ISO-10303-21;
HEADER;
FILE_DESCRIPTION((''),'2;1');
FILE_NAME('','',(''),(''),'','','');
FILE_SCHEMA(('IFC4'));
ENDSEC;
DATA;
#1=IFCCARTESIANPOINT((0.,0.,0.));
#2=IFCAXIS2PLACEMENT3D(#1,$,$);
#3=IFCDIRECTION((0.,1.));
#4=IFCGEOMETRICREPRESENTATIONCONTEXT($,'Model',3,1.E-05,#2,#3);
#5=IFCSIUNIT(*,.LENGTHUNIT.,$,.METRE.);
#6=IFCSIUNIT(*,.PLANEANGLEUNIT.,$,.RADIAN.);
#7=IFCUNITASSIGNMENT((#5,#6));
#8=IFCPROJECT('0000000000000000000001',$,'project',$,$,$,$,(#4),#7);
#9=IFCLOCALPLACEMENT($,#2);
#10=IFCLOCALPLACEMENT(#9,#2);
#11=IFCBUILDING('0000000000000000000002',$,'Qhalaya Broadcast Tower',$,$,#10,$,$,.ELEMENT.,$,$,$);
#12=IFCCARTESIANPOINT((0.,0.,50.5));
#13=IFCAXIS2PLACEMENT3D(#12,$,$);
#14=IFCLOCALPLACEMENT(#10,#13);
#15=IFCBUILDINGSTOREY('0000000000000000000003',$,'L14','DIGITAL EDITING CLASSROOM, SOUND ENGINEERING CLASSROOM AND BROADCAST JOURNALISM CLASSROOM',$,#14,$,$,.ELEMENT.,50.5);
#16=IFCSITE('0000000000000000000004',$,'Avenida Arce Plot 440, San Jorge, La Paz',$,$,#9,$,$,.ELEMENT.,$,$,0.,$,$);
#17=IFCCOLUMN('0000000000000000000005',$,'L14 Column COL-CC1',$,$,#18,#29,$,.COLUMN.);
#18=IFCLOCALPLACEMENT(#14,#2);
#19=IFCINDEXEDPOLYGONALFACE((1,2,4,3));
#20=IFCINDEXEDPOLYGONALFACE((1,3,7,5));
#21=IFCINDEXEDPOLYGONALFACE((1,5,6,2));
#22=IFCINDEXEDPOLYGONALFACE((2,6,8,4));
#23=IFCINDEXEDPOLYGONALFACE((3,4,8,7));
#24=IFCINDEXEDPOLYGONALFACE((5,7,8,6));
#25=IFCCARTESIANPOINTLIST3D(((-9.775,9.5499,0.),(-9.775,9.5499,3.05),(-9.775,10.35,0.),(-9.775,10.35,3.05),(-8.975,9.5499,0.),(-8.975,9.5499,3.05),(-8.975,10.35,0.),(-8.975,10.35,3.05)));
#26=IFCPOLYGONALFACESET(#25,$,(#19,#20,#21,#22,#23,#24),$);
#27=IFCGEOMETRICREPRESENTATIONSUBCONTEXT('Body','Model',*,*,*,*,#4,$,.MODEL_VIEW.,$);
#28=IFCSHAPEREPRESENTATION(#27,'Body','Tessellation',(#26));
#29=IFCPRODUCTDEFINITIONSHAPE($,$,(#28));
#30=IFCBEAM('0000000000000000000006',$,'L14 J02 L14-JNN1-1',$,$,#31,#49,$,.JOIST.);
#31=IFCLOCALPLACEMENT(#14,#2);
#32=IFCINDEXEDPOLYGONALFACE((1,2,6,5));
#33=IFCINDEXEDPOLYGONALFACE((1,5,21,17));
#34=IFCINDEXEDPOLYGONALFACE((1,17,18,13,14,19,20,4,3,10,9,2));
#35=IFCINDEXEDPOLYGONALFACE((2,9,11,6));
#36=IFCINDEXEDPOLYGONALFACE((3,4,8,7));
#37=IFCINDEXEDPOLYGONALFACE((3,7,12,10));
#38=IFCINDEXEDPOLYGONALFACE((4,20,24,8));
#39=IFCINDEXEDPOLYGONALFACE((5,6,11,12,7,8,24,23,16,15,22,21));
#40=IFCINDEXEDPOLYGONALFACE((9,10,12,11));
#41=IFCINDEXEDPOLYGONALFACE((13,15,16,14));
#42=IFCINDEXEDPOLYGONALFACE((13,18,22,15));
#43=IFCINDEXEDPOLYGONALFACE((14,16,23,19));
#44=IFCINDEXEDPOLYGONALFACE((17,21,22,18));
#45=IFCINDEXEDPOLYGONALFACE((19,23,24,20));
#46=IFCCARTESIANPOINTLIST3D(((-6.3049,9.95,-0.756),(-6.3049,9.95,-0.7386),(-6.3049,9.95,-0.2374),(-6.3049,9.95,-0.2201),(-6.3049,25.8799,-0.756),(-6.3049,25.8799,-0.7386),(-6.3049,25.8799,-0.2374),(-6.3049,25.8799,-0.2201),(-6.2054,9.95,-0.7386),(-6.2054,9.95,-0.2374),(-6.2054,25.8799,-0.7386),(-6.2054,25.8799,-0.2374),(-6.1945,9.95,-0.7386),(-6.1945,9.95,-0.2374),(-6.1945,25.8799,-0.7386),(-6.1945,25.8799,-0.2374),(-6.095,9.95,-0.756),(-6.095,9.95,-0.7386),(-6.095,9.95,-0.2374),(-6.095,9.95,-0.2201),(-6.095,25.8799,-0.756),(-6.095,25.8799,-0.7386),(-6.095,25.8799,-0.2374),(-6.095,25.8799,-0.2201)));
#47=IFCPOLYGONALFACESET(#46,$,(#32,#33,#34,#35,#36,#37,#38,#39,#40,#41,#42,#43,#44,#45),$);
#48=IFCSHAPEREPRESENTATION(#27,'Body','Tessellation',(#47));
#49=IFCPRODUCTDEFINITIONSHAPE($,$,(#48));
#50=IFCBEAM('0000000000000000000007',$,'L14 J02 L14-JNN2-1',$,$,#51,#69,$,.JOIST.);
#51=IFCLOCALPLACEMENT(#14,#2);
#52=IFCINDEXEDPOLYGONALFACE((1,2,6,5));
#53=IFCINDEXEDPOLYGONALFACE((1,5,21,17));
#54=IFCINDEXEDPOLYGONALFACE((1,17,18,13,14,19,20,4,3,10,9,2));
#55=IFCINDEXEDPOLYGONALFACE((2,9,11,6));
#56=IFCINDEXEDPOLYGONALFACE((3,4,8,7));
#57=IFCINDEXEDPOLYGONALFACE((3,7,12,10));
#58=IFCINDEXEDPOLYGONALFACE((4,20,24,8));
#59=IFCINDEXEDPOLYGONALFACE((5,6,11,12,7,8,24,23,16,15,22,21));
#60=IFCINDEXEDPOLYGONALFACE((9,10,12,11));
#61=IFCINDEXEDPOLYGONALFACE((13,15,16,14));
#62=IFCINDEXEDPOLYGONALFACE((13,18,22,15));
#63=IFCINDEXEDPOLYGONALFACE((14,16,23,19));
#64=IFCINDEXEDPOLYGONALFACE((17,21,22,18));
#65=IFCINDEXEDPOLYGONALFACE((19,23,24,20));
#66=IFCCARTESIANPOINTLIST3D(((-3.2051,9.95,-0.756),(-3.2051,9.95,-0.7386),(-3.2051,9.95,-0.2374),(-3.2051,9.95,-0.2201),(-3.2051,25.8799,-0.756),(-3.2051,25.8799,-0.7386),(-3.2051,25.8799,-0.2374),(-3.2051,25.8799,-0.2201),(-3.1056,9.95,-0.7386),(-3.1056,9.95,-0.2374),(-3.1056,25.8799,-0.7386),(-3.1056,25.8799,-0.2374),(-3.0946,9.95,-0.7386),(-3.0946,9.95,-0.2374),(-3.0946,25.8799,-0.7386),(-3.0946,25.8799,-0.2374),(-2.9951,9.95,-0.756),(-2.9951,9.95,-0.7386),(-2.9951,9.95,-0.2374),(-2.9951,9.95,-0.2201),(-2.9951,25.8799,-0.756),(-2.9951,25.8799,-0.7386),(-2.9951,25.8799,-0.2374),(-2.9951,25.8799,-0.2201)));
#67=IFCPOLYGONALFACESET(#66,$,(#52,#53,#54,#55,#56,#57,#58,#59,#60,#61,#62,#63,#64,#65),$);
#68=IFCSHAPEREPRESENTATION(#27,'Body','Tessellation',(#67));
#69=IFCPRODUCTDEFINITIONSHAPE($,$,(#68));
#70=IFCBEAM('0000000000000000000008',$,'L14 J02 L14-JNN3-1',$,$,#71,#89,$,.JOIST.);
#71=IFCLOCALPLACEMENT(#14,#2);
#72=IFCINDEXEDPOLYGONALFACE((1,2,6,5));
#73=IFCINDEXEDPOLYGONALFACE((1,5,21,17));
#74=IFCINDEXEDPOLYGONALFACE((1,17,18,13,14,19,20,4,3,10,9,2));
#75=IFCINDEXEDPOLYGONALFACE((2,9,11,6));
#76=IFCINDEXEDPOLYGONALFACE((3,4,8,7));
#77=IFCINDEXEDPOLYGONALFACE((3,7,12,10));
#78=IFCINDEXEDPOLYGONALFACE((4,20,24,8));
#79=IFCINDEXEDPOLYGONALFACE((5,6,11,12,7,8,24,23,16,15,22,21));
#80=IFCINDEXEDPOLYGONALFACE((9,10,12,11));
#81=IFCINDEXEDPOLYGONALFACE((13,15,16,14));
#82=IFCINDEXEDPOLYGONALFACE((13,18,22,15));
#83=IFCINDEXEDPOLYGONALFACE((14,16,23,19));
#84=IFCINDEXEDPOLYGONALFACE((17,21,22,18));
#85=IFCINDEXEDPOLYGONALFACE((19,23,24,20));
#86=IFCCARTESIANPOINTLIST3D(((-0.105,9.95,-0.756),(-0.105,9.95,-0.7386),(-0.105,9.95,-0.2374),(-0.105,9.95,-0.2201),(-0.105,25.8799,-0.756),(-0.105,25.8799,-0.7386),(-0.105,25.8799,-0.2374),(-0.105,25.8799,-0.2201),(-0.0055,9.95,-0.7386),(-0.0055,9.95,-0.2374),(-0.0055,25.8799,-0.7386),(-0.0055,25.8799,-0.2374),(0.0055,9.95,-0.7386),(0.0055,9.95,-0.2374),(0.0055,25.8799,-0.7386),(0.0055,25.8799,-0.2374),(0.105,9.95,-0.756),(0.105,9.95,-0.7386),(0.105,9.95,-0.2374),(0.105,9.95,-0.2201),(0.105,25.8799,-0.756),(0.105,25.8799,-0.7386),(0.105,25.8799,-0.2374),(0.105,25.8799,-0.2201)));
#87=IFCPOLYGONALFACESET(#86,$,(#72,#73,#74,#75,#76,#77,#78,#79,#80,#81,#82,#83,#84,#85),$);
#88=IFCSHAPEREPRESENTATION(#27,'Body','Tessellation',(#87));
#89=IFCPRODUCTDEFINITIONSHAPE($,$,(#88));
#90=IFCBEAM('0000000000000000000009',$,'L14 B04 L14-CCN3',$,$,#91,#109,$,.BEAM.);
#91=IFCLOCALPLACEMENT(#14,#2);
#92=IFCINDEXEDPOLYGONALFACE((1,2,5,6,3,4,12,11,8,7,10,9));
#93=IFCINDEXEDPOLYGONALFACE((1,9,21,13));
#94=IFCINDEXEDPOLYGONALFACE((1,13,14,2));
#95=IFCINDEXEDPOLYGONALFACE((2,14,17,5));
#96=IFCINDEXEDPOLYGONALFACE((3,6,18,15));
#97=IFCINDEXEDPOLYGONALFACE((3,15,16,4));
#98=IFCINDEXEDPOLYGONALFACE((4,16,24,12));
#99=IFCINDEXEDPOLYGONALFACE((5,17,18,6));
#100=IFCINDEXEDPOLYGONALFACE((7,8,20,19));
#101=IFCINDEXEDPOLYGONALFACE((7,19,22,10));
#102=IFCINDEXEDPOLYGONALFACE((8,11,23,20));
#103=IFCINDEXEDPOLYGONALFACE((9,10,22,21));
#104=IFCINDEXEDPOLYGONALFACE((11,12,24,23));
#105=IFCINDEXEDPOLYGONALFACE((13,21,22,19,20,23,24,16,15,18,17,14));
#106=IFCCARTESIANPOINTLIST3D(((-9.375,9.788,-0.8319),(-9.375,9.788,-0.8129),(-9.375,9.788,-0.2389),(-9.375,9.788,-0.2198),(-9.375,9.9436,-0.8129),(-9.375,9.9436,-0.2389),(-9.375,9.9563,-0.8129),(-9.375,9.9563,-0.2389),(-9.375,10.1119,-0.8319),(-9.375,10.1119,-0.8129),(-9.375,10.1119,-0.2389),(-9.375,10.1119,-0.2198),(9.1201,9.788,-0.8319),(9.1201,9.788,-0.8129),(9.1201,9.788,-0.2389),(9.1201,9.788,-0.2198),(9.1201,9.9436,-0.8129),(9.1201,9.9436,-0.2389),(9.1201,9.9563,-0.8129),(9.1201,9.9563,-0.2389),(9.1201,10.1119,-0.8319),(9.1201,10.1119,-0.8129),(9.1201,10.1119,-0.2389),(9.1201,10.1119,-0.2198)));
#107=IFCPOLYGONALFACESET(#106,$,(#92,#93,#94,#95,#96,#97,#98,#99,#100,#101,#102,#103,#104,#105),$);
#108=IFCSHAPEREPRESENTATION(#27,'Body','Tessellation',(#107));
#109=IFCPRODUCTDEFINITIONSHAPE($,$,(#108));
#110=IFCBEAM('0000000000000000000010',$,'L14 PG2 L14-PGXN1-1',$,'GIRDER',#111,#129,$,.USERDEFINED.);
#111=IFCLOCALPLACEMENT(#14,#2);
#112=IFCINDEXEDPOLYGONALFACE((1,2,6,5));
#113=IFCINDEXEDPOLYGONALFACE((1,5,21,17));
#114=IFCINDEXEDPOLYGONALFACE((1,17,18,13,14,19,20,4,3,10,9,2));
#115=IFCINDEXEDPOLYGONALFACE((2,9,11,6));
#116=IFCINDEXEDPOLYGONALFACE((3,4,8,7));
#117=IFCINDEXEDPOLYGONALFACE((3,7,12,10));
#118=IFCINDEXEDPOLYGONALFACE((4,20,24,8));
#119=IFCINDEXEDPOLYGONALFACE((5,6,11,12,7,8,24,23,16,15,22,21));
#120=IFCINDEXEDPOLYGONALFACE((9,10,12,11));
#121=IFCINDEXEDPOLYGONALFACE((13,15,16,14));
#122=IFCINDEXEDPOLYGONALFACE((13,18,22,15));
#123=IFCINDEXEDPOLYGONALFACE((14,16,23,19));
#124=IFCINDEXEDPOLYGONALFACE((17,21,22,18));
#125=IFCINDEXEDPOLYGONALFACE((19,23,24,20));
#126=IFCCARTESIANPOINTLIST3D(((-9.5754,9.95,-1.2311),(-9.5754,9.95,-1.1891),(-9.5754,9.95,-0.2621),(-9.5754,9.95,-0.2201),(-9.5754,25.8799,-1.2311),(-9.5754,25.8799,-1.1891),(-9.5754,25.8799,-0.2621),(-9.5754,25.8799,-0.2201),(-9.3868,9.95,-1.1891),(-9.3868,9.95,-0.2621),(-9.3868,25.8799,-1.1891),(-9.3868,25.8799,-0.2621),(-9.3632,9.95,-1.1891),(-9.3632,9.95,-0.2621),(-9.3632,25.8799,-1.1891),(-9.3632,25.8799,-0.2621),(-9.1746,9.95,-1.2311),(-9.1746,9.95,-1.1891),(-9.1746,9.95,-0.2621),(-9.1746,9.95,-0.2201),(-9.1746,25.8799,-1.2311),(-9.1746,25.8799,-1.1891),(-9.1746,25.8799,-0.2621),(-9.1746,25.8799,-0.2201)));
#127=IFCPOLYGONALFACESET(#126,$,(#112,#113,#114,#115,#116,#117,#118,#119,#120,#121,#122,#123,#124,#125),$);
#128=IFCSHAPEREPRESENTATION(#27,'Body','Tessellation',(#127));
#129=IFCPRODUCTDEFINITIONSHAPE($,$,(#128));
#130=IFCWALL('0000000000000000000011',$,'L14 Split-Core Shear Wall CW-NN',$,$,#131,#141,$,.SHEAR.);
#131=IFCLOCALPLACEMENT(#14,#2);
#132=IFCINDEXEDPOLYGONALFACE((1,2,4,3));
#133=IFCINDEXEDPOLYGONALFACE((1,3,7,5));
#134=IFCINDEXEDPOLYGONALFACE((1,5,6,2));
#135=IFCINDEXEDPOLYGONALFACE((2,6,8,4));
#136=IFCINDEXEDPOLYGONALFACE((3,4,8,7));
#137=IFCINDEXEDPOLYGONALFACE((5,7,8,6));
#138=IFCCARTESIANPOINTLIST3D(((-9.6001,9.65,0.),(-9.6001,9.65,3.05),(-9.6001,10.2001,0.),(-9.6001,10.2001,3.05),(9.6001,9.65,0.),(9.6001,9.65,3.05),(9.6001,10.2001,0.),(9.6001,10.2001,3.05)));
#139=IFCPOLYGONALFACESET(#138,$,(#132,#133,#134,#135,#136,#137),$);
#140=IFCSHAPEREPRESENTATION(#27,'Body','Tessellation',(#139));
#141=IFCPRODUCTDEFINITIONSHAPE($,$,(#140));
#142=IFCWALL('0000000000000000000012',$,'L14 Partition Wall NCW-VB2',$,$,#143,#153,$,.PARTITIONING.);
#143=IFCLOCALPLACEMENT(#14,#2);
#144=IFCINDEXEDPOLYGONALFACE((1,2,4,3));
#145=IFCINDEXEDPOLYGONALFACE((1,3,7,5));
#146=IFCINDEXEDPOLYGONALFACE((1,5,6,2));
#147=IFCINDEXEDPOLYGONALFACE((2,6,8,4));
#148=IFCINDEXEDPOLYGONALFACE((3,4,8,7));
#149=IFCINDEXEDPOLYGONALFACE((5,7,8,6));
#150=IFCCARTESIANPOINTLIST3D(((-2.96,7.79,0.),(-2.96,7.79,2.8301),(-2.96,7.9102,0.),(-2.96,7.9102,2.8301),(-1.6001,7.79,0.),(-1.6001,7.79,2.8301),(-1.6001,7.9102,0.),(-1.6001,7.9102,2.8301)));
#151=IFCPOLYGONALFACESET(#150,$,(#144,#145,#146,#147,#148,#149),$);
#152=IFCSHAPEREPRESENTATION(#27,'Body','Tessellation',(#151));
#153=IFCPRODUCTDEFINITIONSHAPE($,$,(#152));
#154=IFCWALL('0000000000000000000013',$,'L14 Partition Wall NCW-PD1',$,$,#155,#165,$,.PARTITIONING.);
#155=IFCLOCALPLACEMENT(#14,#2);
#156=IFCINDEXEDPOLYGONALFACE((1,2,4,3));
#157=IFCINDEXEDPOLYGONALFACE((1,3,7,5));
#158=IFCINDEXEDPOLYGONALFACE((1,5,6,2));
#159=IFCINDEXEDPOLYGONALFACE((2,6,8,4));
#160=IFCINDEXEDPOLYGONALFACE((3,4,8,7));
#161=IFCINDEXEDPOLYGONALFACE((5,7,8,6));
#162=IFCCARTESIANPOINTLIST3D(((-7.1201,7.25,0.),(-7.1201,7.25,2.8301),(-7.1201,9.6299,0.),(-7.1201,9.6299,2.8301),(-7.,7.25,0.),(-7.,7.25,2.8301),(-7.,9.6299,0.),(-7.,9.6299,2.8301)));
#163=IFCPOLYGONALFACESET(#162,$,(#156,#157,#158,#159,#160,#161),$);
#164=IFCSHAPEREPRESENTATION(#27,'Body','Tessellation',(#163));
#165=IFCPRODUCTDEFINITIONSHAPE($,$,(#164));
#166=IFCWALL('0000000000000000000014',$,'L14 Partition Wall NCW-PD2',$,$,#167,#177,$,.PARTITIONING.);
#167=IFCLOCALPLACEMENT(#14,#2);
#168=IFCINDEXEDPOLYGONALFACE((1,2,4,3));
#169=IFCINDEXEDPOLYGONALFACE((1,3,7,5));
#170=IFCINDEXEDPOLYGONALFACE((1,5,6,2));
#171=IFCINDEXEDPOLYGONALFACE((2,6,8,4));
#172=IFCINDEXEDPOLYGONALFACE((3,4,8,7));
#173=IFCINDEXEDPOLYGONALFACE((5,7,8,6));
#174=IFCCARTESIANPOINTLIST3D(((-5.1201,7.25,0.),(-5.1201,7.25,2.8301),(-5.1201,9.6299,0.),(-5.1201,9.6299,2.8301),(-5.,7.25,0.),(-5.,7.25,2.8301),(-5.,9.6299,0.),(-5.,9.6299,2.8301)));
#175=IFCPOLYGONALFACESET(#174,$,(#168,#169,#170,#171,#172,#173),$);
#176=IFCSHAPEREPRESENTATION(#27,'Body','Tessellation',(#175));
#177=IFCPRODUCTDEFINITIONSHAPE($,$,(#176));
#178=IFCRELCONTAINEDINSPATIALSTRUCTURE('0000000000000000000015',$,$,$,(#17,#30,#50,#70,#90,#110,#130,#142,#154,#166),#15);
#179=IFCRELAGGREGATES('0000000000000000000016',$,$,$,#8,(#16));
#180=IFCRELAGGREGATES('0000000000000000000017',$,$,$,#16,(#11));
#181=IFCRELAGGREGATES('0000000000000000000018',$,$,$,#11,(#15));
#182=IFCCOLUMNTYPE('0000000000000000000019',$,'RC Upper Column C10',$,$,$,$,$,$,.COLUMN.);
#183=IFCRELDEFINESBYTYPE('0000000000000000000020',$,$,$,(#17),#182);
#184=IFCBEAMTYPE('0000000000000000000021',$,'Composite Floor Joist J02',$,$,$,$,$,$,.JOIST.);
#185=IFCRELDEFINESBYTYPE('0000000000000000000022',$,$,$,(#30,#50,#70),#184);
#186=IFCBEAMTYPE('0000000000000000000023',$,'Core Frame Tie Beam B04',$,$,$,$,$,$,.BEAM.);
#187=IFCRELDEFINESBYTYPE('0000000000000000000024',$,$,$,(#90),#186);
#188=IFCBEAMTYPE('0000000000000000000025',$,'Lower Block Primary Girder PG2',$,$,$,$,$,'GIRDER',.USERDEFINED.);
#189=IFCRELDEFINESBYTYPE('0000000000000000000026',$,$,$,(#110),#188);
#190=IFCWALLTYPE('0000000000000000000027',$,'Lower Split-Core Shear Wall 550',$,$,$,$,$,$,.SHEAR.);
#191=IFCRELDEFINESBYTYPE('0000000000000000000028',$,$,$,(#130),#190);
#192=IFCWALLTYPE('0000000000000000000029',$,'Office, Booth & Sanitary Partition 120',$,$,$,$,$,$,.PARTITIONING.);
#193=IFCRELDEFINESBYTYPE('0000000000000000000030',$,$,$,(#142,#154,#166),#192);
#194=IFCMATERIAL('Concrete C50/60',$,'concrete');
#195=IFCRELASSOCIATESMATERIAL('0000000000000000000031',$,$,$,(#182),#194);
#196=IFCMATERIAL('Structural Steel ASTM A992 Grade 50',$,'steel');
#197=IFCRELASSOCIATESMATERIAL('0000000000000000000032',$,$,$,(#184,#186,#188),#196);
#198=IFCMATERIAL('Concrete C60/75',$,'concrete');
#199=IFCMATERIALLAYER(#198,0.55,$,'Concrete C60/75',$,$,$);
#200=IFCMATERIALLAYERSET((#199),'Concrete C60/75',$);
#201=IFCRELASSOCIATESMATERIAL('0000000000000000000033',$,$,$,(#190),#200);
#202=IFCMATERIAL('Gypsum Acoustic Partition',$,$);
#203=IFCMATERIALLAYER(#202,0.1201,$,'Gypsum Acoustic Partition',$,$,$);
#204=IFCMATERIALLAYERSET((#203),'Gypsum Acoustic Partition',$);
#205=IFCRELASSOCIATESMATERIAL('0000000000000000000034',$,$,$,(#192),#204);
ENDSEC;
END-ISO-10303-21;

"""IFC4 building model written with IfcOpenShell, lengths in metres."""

from ifc_helpers import new_model, si_unit, direction, frame, frame_2d, origin, origin_2d, place, context, subcontext, project, spatial, rectangle, i_section, extrude, material, layer, layer_set, material_profile, profile_set, type_object, element, save


model = new_model("IFC4")

# Units and contexts
model_context = context("Model", 3, precision=1e-05, world=origin(), true_north=direction((0.0, 1.0)))
body_context = subcontext(model_context, "Body", "Model", "MODEL_VIEW")
ifc_project = project(units=[si_unit("LENGTHUNIT", "METRE"), si_unit("PLANEANGLEUNIT", "RADIAN")], contexts=[model_context])

# Site, building, storey
site_placement = place(None, origin())
site = spatial("IfcSite", under=ifc_project, at=site_placement, Name="Avenida Arce Plot 440, San Jorge, La Paz", CompositionType="ELEMENT", RefElevation=0.0)
building_placement = place(site_placement, origin())
building = spatial("IfcBuilding", under=site, at=building_placement, Name="Qhalaya Broadcast Tower", CompositionType="ELEMENT")
storey_placement = place(building_placement, frame((0.0, 0.0, 50.5)))
storey = spatial("IfcBuildingStorey", under=building, at=storey_placement, Name="L14", Description="DIGITAL EDITING CLASSROOM, SOUND ENGINEERING CLASSROOM AND BROADCAST JOURNALISM CLASSROOM", CompositionType="ELEMENT", Elevation=50.5)

# Column
ifc_material_1 = material(Name="Concrete C50/60", Category="concrete")
ifc_material_profile_1 = material_profile(ifc_material_1, rectangle(XDim=0.8, YDim=0.8, at=origin_2d()), Name="RC-COL 800x800")
ifc_profile_set_1 = profile_set([ifc_material_profile_1], Name="Concrete C50/60")
column_type = type_object("IfcColumnType", Name="RC Upper Column C10", PredefinedType="COLUMN", material=ifc_profile_set_1)
column_placement = place(storey_placement, frame((-9.375, 9.95, 0.0), z_axis=(0.0, 0.0, 1.0), x_axis=(1.0, 0.0, 0.0)))
element("IfcColumn", 1, at=column_placement, inside=storey, type_object=column_type, Name="L14 Column COL-CC1", PredefinedType="COLUMN", context=body_context, shape_type="SweptSolid", body=[
    extrude(rectangle(XDim=0.8, YDim=0.8, at=origin_2d()), origin(), (0.0, 0.0, 1.0), 3.05),
])

# Beams
ifc_material_2 = material(Name="Structural Steel ASTM A992 Grade 50", Category="steel")
ifc_material_profile_2 = material_profile(ifc_material_2, i_section(OverallWidth=0.21, OverallDepth=0.5359, WebThickness=0.011, FlangeThickness=0.0173, at=origin_2d()), Name="W21X68")
ifc_profile_set_2 = profile_set([ifc_material_profile_2], Name="Structural Steel ASTM A992 Grade 50")
beam_type_1 = type_object("IfcBeamType", Name="Composite Floor Joist J02", PredefinedType="JOIST", material=ifc_profile_set_2)
for number, where, z_axis, x_axis, name in (
    (2, (-6.2, 9.95, -0.488), (0.0, 1.0, 0.0), (-1.0, 0.0, 0.0), "L14 J02 L14-JNN1-1"),
    (3, (-3.1001, 9.95, -0.488), (0.0, 1.0, 0.0), (-1.0, 0.0, 0.0), "L14 J02 L14-JNN2-1"),
    (4, (0.0, 9.95, -0.488), (0.0, 1.0, 0.0), (-1.0, 0.0, 0.0), "L14 J02 L14-JNN3-1"),
):
    element("IfcBeam", number, at=place(storey_placement, frame(where, z_axis=z_axis, x_axis=x_axis)), inside=storey, type_object=beam_type_1, Name=name, PredefinedType="JOIST", context=body_context, shape_type="SweptSolid", body=[
        extrude(i_section(OverallWidth=0.21, OverallDepth=0.5359, WebThickness=0.011, FlangeThickness=0.0173, at=origin_2d()), origin(), (0.0, 0.0, 1.0), 15.9299),
    ])
ifc_material_profile_3 = material_profile(ifc_material_2, i_section(OverallWidth=0.324, OverallDepth=0.6121, WebThickness=0.0127, FlangeThickness=0.019, at=origin_2d()), Name="W24X104")
ifc_profile_set_3 = profile_set([ifc_material_profile_3], Name="Structural Steel ASTM A992 Grade 50")
beam_type_2 = type_object("IfcBeamType", Name="Core Frame Tie Beam B04", PredefinedType="BEAM", material=ifc_profile_set_3)
beam_1_placement = place(storey_placement, frame((-9.375, 9.95, -0.5259), z_axis=(1.0, 0.0, 0.0), x_axis=(0.0, 1.0, 0.0)))
element("IfcBeam", 5, at=beam_1_placement, inside=storey, type_object=beam_type_2, Name="L14 B04 L14-CCN3", PredefinedType="BEAM", context=body_context, shape_type="SweptSolid", body=[
    extrude(i_section(OverallWidth=0.324, OverallDepth=0.6121, WebThickness=0.0127, FlangeThickness=0.019, at=origin_2d()), origin(), (0.0, 0.0, 1.0), 18.4951),
])
ifc_material_profile_4 = material_profile(ifc_material_2, i_section(OverallWidth=0.4009, OverallDepth=1.011, WebThickness=0.0237, FlangeThickness=0.042, at=origin_2d()), Name="W40X297")
ifc_profile_set_4 = profile_set([ifc_material_profile_4], Name="Structural Steel ASTM A992 Grade 50")
beam_type_3 = type_object("IfcBeamType", Name="Lower Block Primary Girder PG2", ElementType="GIRDER", PredefinedType="USERDEFINED", material=ifc_profile_set_4)
beam_2_placement = place(storey_placement, frame((-9.375, 9.95, -0.7256), z_axis=(0.0, 1.0, 0.0), x_axis=(-1.0, 0.0, 0.0)))
element("IfcBeam", 6, at=beam_2_placement, inside=storey, type_object=beam_type_3, Name="L14 PG2 L14-PGXN1-1", ObjectType="GIRDER", PredefinedType="USERDEFINED", context=body_context, shape_type="SweptSolid", body=[
    extrude(i_section(OverallWidth=0.4009, OverallDepth=1.011, WebThickness=0.0237, FlangeThickness=0.042, at=origin_2d()), origin(), (0.0, 0.0, 1.0), 15.9299),
])

# Walls
ifc_material_3 = material(Name="Concrete C60/75", Category="concrete")
ifc_layer_1 = layer(ifc_material_3, 0.55, Name="Concrete C60/75")
ifc_layer_set_1 = layer_set([ifc_layer_1], Name="Concrete C60/75")
wall_type_1 = type_object("IfcWallType", Name="Lower Split-Core Shear Wall 550", PredefinedType="SHEAR", material=ifc_layer_set_1)
wall_1_placement = place(storey_placement, frame((-9.6001, 9.925, 0.0), z_axis=(0.0, 0.0, 1.0), x_axis=(1.0, 0.0, 0.0)))
element("IfcWall", 7, at=wall_1_placement, inside=storey, type_object=wall_type_1, Name="L14 Split-Core Shear Wall CW-NN", PredefinedType="SHEAR", context=body_context, shape_type="SweptSolid", body=[
    extrude(rectangle(XDim=19.2002, YDim=0.55, at=frame_2d((9.6001, 0.0))), origin(), (0.0, 0.0, 1.0), 3.05),
])
ifc_material_4 = material(Name="Gypsum Acoustic Partition")
ifc_layer_2 = layer(ifc_material_4, 0.1201, Name="Gypsum Acoustic Partition")
ifc_layer_set_2 = layer_set([ifc_layer_2], Name="Gypsum Acoustic Partition")
wall_type_2 = type_object("IfcWallType", Name="Office, Booth & Sanitary Partition 120", PredefinedType="PARTITIONING", material=ifc_layer_set_2)
wall_2_placement = place(storey_placement, frame((-2.96, 7.8501, 0.0), z_axis=(0.0, 0.0, 1.0), x_axis=(1.0, 0.0, 0.0)))
element("IfcWall", 8, at=wall_2_placement, inside=storey, type_object=wall_type_2, Name="L14 Partition Wall NCW-VB2", PredefinedType="PARTITIONING", context=body_context, shape_type="SweptSolid", body=[
    extrude(rectangle(XDim=1.3599, YDim=0.1201, at=frame_2d((0.6799, 0.0))), origin(), (0.0, 0.0, 1.0), 2.8301),
])
for number, where, z_axis, x_axis, name in (
    (9, (-7.0601, 7.25, 0.0), (0.0, 0.0, 1.0), (0.0, 1.0, 0.0), "L14 Partition Wall NCW-PD1"),
    (10, (-5.0601, 7.25, 0.0), (0.0, 0.0, 1.0), (0.0, 1.0, 0.0), "L14 Partition Wall NCW-PD2"),
):
    element("IfcWall", number, at=place(storey_placement, frame(where, z_axis=z_axis, x_axis=x_axis)), inside=storey, type_object=wall_type_2, Name=name, PredefinedType="PARTITIONING", context=body_context, shape_type="SweptSolid", body=[
        extrude(rectangle(XDim=2.3799, YDim=0.1201, at=frame_2d((1.1899, 0.0))), origin(), (0.0, 0.0, 1.0), 2.8301),
    ])

save(model, "model.ifc")
